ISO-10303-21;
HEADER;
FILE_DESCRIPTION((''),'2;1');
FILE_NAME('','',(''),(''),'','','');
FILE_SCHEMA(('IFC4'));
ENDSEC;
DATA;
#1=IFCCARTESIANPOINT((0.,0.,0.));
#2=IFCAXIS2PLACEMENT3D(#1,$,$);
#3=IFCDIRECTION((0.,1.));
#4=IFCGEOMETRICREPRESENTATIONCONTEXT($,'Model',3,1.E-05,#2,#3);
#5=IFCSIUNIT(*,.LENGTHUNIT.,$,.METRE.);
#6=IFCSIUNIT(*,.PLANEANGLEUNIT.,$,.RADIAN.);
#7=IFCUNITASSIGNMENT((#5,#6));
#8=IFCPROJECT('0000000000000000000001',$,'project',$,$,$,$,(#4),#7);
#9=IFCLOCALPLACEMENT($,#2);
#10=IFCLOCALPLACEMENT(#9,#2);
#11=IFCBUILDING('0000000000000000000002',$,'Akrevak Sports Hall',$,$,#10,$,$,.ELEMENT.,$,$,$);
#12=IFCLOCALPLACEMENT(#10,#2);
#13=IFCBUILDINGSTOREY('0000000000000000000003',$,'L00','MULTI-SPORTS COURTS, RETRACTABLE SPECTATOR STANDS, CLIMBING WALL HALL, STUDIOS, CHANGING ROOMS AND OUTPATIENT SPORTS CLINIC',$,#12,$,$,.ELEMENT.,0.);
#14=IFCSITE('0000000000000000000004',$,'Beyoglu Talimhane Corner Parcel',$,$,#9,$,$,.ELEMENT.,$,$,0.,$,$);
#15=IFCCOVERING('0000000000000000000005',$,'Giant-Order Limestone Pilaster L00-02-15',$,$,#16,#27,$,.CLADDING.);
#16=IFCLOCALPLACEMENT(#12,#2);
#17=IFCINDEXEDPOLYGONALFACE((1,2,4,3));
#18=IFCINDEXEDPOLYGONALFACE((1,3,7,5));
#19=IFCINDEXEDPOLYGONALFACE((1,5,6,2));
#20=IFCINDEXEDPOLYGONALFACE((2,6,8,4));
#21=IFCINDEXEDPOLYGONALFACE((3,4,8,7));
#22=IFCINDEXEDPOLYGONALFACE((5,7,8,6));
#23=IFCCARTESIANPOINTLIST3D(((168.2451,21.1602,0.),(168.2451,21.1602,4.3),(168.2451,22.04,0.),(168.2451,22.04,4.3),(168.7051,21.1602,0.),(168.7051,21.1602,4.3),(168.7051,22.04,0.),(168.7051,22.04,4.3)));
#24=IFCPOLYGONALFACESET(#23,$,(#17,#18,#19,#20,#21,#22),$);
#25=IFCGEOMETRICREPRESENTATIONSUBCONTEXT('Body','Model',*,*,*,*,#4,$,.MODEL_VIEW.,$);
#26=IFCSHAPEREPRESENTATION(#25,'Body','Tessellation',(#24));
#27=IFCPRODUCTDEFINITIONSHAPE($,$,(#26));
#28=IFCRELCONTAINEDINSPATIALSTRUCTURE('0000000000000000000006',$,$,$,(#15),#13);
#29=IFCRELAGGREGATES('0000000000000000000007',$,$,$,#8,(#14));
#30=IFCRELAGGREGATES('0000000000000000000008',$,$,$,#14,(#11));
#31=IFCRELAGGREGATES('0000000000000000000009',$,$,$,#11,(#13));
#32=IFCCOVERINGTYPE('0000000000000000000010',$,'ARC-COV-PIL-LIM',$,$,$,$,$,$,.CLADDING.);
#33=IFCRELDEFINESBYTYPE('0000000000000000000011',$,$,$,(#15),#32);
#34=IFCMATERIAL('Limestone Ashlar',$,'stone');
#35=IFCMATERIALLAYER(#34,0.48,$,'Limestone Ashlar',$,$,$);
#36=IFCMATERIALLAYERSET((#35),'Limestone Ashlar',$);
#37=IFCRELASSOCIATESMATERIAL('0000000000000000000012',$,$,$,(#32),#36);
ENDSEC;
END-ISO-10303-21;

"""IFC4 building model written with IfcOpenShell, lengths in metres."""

from ifc_helpers import new_model, si_unit, direction, frame, origin, origin_2d, place, context, subcontext, project, spatial, rectangle, extrude, material, layer, layer_set, type_object, element, save


model = new_model("IFC4")

# Units and contexts
model_context = context("Model", 3, precision=1e-05, world=origin(), true_north=direction((0.0, 1.0)))
body_context = subcontext(model_context, "Body", "Model", "MODEL_VIEW")
ifc_project = project(units=[si_unit("LENGTHUNIT", "METRE"), si_unit("PLANEANGLEUNIT", "RADIAN")], contexts=[model_context])

# Site, building, storey
site_placement = place(None, origin())
site = spatial("IfcSite", under=ifc_project, at=site_placement, Name="Beyoglu Talimhane Corner Parcel", CompositionType="ELEMENT", RefElevation=0.0)
building_placement = place(site_placement, origin())
building = spatial("IfcBuilding", under=site, at=building_placement, Name="Akrevak Sports Hall", CompositionType="ELEMENT")
storey_placement = place(building_placement, origin())
storey = spatial("IfcBuildingStorey", under=building, at=storey_placement, Name="L00", Description="MULTI-SPORTS COURTS, RETRACTABLE SPECTATOR STANDS, CLIMBING WALL HALL, STUDIOS, CHANGING ROOMS AND OUTPATIENT SPORTS CLINIC", CompositionType="ELEMENT", Elevation=0.0)

# Shared definitions
ifc_material_1 = material(Name="Limestone Ashlar", Category="stone")

# Covering
ifc_layer_1 = layer(ifc_material_1, 0.48, Name="Limestone Ashlar")
ifc_layer_set_1 = layer_set([ifc_layer_1], Name="Limestone Ashlar")
covering_type = type_object("IfcCoveringType", Name="ARC-COV-PIL-LIM", PredefinedType="CLADDING", material=ifc_layer_set_1)
for number, where, z_axis, x_axis, name in (
    (1, (168.4751, 21.6001, 0.0), (0.0, 0.0, 1.0), (0.0, 1.0, 0.0), "Giant-Order Limestone Pilaster L00-02-15"),
):
    element("IfcCovering", number, at=place(storey_placement, frame(where, z_axis=z_axis, x_axis=x_axis)), inside=storey, type_object=covering_type, Name=name, PredefinedType="CLADDING", context=body_context, shape_type="SweptSolid", body=[
        extrude(rectangle(XDim=0.8799, YDim=0.46, at=origin_2d()), origin(), (0.0, 0.0, 1.0), 4.3),
    ])

save(model, "model.ifc")
